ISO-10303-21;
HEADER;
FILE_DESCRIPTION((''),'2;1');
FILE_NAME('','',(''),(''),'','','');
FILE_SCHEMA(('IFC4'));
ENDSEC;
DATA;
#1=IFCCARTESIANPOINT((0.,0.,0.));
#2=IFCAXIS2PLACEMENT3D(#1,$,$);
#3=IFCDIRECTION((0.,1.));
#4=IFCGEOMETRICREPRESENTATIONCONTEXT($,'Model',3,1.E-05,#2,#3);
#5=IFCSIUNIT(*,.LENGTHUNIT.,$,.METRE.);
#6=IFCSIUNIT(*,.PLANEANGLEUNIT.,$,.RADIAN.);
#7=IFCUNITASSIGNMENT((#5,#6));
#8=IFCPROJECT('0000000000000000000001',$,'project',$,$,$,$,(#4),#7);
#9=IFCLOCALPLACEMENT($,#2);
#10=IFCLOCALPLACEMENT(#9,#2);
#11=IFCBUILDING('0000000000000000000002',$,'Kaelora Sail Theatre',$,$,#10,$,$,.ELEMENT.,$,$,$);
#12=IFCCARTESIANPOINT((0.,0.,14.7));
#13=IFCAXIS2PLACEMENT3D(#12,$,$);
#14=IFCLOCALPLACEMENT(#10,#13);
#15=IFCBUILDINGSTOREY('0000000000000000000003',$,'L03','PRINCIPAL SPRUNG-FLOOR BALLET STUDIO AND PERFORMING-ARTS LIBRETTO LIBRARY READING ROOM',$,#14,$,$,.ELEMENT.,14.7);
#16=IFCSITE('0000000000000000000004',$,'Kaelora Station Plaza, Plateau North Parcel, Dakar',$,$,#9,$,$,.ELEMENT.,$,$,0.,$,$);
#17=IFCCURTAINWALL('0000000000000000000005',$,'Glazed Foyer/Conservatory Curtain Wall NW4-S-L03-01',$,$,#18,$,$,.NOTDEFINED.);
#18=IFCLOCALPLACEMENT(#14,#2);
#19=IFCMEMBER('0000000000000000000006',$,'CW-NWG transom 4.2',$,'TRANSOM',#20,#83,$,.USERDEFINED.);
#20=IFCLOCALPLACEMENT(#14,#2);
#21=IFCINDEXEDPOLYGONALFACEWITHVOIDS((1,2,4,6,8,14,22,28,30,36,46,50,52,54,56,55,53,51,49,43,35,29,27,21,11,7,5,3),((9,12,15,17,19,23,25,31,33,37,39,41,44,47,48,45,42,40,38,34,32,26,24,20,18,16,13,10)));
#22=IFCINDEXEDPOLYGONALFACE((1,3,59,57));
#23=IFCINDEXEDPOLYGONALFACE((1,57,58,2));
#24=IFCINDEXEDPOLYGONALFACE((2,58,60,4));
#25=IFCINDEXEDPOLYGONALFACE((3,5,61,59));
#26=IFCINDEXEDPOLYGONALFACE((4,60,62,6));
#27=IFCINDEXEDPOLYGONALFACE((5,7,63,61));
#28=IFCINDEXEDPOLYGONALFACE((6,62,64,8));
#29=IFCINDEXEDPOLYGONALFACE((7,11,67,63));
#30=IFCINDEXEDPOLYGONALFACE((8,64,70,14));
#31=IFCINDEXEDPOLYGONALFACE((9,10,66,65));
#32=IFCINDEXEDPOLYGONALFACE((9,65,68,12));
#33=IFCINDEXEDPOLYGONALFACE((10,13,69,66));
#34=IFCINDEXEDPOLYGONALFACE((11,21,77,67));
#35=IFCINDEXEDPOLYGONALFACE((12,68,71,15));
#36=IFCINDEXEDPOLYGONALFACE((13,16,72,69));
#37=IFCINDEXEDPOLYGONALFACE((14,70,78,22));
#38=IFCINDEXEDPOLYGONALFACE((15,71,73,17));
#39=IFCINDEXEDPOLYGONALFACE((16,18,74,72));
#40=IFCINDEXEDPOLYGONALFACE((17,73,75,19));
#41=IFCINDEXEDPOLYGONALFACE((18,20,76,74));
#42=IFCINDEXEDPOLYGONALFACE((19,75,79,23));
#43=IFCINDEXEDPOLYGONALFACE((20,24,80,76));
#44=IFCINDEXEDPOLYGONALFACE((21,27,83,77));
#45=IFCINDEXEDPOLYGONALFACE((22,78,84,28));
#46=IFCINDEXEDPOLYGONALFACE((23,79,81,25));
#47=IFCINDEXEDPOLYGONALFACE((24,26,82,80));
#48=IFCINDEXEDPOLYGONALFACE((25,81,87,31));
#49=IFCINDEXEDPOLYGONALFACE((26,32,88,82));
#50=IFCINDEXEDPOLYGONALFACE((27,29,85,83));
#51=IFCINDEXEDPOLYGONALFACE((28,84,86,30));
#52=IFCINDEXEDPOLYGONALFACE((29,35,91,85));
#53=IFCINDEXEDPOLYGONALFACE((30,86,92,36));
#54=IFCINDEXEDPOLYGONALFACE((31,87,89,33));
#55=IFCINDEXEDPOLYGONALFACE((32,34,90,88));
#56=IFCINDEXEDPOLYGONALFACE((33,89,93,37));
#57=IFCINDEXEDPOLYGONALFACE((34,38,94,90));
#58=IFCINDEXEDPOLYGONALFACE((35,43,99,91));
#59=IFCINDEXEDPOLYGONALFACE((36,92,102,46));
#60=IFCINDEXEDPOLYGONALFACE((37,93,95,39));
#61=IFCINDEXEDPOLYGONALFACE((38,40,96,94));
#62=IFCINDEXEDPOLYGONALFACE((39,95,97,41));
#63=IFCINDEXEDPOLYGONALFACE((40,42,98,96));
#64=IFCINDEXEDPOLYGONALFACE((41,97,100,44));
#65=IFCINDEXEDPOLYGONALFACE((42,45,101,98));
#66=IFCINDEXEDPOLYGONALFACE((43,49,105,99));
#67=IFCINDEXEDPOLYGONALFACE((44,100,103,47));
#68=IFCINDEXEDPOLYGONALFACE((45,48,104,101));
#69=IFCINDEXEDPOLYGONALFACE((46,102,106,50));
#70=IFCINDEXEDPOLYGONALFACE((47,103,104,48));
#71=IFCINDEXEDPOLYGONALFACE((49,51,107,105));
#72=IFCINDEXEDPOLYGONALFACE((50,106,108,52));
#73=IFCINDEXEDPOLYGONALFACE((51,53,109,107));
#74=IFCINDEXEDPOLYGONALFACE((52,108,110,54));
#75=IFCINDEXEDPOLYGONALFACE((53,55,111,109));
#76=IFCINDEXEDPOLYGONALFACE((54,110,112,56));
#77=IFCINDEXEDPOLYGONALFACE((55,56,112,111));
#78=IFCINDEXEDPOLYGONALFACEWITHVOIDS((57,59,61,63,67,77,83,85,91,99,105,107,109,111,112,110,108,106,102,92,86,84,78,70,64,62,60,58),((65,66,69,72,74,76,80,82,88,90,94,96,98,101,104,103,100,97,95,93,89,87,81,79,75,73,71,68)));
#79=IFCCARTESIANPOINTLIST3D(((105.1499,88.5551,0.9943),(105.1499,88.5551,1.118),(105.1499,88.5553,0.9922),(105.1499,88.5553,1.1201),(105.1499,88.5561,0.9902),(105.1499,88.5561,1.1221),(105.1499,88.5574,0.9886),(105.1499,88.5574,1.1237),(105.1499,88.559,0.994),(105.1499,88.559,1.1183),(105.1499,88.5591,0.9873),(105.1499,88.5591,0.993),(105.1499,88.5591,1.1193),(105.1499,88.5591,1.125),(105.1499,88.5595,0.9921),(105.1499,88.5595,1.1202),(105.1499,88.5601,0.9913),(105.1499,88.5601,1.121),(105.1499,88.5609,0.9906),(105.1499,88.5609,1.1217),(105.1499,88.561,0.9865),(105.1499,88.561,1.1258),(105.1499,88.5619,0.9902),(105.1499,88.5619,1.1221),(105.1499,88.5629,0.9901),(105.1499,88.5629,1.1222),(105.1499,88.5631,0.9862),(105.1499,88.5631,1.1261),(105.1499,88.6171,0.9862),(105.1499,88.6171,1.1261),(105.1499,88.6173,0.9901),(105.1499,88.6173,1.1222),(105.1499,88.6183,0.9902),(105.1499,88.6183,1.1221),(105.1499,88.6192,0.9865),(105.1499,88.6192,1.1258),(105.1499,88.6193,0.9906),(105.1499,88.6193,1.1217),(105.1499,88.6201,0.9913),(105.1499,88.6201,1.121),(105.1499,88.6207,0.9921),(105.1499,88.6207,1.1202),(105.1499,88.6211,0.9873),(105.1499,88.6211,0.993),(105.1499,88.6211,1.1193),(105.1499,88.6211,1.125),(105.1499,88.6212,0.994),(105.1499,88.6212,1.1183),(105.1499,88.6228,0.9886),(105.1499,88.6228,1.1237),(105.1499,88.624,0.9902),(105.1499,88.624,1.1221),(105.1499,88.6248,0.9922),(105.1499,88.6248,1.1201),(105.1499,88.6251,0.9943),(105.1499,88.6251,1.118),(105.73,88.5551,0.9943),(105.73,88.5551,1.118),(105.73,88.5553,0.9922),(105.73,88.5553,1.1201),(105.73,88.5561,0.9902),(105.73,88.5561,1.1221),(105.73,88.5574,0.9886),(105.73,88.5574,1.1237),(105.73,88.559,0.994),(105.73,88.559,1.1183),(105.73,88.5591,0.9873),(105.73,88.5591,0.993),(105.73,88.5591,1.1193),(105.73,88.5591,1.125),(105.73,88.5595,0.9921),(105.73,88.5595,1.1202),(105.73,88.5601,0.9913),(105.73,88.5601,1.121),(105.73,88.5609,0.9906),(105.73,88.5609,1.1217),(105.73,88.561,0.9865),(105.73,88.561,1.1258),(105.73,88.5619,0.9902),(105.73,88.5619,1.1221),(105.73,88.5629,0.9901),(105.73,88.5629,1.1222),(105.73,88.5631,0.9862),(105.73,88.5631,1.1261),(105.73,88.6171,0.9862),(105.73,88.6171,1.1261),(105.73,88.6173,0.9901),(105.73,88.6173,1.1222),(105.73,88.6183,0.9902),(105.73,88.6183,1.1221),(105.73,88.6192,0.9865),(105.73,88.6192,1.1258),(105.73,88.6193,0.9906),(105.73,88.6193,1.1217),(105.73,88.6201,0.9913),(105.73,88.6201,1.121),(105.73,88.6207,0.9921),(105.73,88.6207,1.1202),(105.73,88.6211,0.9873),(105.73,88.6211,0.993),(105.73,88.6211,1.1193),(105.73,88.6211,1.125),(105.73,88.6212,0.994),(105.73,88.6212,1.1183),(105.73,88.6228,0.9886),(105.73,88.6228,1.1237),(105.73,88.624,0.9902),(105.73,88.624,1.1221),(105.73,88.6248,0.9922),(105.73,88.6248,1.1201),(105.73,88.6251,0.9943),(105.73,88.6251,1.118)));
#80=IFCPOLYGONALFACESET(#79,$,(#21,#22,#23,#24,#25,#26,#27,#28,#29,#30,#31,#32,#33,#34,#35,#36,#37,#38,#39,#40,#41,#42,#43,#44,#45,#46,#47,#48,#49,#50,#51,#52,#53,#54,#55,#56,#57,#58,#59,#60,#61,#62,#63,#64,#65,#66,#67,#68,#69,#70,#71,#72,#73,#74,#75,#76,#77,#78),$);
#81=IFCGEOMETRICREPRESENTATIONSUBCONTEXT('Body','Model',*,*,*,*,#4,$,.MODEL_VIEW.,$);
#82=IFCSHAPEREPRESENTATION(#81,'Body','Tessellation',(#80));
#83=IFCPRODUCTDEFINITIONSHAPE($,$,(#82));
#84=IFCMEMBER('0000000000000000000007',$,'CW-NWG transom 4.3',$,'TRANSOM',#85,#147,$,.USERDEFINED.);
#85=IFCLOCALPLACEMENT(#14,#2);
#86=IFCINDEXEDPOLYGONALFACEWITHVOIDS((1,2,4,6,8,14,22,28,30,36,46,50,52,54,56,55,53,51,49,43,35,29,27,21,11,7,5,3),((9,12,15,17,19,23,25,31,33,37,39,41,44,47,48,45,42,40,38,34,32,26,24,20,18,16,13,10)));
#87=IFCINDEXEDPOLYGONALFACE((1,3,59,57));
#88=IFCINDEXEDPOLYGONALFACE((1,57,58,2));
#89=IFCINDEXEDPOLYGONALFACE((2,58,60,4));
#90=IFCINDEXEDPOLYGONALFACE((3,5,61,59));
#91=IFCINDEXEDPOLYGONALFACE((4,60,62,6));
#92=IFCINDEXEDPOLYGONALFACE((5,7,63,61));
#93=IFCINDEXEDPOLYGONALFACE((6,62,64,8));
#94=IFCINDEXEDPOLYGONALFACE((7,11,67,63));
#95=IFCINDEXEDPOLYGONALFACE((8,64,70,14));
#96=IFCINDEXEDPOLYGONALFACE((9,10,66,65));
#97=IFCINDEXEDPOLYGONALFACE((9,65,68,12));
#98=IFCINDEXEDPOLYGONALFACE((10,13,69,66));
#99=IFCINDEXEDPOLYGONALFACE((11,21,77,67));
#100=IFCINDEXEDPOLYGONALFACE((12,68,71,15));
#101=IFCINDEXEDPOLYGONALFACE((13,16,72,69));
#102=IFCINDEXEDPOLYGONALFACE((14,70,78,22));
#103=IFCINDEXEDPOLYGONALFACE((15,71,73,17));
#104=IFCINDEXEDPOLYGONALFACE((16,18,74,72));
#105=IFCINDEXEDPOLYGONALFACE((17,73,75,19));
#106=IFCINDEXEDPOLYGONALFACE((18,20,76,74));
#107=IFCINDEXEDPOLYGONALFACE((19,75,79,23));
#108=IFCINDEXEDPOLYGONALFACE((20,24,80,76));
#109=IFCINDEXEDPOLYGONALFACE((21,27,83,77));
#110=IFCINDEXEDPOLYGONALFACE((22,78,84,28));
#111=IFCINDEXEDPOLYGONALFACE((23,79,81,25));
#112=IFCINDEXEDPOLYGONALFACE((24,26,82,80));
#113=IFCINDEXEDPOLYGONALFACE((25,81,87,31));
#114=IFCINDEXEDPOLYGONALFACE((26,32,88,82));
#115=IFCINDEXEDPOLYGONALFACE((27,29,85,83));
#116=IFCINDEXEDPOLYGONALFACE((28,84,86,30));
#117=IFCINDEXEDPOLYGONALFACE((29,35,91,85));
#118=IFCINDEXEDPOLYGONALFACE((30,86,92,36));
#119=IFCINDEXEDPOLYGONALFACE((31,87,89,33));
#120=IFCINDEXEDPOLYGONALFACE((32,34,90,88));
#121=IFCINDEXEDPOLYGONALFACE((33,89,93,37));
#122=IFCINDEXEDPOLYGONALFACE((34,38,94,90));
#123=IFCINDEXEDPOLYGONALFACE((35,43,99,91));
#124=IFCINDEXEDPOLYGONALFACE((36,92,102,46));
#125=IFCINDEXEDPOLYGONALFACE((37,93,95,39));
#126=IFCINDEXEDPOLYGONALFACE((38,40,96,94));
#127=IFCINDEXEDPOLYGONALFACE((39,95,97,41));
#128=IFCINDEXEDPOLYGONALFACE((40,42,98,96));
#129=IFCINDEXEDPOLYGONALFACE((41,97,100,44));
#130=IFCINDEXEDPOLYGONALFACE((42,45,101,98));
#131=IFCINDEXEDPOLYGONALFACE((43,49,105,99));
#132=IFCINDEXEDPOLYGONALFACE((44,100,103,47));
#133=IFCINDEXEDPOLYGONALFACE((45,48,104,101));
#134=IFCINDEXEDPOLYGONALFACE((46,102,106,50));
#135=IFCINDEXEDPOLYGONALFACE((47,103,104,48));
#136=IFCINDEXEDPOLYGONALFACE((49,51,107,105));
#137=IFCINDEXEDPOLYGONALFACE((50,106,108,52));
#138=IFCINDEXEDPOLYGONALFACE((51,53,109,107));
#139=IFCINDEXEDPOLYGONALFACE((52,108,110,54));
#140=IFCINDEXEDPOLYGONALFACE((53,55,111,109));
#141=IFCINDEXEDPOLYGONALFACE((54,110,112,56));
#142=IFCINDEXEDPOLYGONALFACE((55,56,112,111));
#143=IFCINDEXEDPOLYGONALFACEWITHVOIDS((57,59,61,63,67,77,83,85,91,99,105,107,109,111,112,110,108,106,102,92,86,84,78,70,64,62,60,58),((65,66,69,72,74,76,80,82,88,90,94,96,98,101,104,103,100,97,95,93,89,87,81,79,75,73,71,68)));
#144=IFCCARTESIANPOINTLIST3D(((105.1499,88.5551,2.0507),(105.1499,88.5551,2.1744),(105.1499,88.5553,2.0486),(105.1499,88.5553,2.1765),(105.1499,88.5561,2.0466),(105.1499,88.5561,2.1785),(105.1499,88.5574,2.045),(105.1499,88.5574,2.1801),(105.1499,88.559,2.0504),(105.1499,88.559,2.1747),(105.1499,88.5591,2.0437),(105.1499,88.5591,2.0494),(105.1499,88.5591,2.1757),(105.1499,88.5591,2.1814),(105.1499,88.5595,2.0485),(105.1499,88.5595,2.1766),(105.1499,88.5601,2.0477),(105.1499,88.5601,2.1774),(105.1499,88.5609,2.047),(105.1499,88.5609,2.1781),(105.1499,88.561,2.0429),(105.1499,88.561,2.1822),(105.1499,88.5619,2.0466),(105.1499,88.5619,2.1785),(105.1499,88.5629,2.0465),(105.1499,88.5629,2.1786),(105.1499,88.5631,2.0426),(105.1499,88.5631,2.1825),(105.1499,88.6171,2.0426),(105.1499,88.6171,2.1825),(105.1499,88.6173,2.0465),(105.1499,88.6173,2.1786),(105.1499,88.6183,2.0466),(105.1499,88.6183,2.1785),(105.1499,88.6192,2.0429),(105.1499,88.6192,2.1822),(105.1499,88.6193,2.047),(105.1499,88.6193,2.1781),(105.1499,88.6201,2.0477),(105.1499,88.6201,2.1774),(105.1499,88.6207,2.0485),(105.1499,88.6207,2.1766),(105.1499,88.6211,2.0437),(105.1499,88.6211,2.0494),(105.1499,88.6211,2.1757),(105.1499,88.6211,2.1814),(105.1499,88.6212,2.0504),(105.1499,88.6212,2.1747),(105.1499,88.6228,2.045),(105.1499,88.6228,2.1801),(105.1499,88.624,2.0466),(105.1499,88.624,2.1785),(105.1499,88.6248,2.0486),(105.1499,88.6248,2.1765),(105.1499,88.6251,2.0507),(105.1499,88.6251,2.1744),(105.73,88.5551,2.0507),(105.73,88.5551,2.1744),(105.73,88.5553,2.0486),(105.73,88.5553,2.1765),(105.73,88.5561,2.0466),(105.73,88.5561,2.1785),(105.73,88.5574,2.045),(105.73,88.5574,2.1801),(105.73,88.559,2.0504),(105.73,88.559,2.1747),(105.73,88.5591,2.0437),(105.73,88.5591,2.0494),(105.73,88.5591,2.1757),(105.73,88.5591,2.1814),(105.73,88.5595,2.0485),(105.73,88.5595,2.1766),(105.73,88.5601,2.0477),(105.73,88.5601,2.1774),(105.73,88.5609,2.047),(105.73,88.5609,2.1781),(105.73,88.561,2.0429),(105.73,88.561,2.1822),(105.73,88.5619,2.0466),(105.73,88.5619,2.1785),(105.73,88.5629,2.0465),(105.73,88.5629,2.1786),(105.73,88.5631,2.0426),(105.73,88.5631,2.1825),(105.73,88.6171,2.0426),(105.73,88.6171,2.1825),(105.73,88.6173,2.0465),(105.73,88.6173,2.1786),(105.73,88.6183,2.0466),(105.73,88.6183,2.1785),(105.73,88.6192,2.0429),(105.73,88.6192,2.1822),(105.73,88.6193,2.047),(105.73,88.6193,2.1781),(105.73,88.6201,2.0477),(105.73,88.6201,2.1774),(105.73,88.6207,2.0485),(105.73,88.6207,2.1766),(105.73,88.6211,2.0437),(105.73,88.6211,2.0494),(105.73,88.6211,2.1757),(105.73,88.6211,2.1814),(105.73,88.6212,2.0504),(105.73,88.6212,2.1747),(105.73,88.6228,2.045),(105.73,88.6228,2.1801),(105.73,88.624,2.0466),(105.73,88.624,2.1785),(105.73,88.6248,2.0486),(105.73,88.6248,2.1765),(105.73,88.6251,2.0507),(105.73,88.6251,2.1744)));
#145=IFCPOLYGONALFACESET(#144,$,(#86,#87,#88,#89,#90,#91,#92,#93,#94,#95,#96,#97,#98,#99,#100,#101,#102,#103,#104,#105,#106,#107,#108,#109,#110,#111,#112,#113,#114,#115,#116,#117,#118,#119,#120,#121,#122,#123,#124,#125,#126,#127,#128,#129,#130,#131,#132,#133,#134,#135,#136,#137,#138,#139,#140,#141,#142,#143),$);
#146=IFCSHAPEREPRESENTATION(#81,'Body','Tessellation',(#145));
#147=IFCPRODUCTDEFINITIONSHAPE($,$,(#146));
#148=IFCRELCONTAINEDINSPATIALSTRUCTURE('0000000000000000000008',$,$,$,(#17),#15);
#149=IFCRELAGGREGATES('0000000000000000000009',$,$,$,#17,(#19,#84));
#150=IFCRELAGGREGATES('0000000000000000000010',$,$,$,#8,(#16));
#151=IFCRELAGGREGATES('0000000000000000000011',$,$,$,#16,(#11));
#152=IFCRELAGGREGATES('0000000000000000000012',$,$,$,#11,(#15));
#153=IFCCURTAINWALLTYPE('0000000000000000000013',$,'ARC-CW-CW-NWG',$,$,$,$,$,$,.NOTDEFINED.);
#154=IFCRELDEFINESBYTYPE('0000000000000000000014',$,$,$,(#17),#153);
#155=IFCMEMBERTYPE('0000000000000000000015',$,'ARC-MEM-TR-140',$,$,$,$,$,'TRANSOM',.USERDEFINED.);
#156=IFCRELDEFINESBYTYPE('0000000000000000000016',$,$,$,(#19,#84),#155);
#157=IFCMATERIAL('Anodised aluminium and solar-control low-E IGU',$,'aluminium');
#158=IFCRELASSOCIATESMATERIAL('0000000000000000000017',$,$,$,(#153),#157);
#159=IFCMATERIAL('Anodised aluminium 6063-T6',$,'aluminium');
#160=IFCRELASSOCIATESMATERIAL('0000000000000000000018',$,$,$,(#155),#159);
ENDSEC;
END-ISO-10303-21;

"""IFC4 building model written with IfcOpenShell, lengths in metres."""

from ifc_helpers import new_model, si_unit, direction, frame, origin, origin_2d, place, context, subcontext, project, spatial, hollow_rectangle, extrude, material, material_profile, profile_set, type_object, element, aggregate, save


model = new_model("IFC4")

# Units and contexts
model_context = context("Model", 3, precision=1e-05, world=origin(), true_north=direction((0.0, 1.0)))
body_context = subcontext(model_context, "Body", "Model", "MODEL_VIEW")
ifc_project = project(units=[si_unit("LENGTHUNIT", "METRE"), si_unit("PLANEANGLEUNIT", "RADIAN")], contexts=[model_context])

# Site, building, storey
site_placement = place(None, origin())
site = spatial("IfcSite", under=ifc_project, at=site_placement, Name="Kaelora Station Plaza, Plateau North Parcel, Dakar", CompositionType="ELEMENT", RefElevation=0.0)
building_placement = place(site_placement, origin())
building = spatial("IfcBuilding", under=site, at=building_placement, Name="Kaelora Sail Theatre", CompositionType="ELEMENT")
storey_placement = place(building_placement, frame((0.0, 0.0, 14.7)))
storey = spatial("IfcBuildingStorey", under=building, at=storey_placement, Name="L03", Description="PRINCIPAL SPRUNG-FLOOR BALLET STUDIO AND PERFORMING-ARTS LIBRETTO LIBRARY READING ROOM", CompositionType="ELEMENT", Elevation=14.7)

# Curtain wall, members
ifc_material_1 = material(Name="Anodised aluminium and solar-control low-E IGU", Category="aluminium")
curtain_wall_type = type_object("IfcCurtainWallType", Name="ARC-CW-CW-NWG", PredefinedType="NOTDEFINED", material=ifc_material_1)
curtain_wall_placement = place(storey_placement, origin())
curtain_wall = element("IfcCurtainWall", 1, at=curtain_wall_placement, inside=storey, type_object=curtain_wall_type, Name="Glazed Foyer/Conservatory Curtain Wall NW4-S-L03-01", PredefinedType="NOTDEFINED")
ifc_material_2 = material(Name="Anodised aluminium 6063-T6", Category="aluminium")
ifc_material_profile_1 = material_profile(ifc_material_2, hollow_rectangle(XDim=0.0701, YDim=0.1399, WallThickness=0.0039, InnerFilletRadius=0.0039, OuterFilletRadius=0.0081, at=origin_2d()), Name="ALU-TRAN 70x140x4")
ifc_profile_set_1 = profile_set([ifc_material_profile_1], Name="Anodised aluminium 6063-T6")
member_type_1 = type_object("IfcMemberType", Name="ARC-MEM-TR-140", ElementType="TRANSOM", PredefinedType="USERDEFINED", material=ifc_profile_set_1)
member_1_placement = place(storey_placement, frame((105.1499, 88.5901, 1.0562), z_axis=(1.0, 0.0, 0.0), x_axis=(0.0, 1.0, 0.0)))
member_1 = element("IfcMember", 2, at=member_1_placement, type_object=member_type_1, Name="CW-NWG transom 4.2", ObjectType="TRANSOM", PredefinedType="USERDEFINED", context=body_context, shape_type="SweptSolid", body=[
    extrude(hollow_rectangle(XDim=0.0701, YDim=0.1399, WallThickness=0.0039, InnerFilletRadius=0.0039, OuterFilletRadius=0.0081, at=origin_2d()), origin(), (0.0, 0.0, 1.0), 0.5801),
])
member_2_placement = place(storey_placement, frame((105.1499, 88.5901, 2.1125), z_axis=(1.0, 0.0, 0.0), x_axis=(0.0, 1.0, 0.0)))
member_2 = element("IfcMember", 3, at=member_2_placement, type_object=member_type_1, Name="CW-NWG transom 4.3", ObjectType="TRANSOM", PredefinedType="USERDEFINED", context=body_context, shape_type="SweptSolid", body=[
    extrude(hollow_rectangle(XDim=0.0701, YDim=0.1399, WallThickness=0.0039, InnerFilletRadius=0.0039, OuterFilletRadius=0.0081, at=origin_2d()), origin(), (0.0, 0.0, 1.0), 0.5801),
])

aggregate(curtain_wall, [member_1, member_2])

save(model, "model.ifc")
